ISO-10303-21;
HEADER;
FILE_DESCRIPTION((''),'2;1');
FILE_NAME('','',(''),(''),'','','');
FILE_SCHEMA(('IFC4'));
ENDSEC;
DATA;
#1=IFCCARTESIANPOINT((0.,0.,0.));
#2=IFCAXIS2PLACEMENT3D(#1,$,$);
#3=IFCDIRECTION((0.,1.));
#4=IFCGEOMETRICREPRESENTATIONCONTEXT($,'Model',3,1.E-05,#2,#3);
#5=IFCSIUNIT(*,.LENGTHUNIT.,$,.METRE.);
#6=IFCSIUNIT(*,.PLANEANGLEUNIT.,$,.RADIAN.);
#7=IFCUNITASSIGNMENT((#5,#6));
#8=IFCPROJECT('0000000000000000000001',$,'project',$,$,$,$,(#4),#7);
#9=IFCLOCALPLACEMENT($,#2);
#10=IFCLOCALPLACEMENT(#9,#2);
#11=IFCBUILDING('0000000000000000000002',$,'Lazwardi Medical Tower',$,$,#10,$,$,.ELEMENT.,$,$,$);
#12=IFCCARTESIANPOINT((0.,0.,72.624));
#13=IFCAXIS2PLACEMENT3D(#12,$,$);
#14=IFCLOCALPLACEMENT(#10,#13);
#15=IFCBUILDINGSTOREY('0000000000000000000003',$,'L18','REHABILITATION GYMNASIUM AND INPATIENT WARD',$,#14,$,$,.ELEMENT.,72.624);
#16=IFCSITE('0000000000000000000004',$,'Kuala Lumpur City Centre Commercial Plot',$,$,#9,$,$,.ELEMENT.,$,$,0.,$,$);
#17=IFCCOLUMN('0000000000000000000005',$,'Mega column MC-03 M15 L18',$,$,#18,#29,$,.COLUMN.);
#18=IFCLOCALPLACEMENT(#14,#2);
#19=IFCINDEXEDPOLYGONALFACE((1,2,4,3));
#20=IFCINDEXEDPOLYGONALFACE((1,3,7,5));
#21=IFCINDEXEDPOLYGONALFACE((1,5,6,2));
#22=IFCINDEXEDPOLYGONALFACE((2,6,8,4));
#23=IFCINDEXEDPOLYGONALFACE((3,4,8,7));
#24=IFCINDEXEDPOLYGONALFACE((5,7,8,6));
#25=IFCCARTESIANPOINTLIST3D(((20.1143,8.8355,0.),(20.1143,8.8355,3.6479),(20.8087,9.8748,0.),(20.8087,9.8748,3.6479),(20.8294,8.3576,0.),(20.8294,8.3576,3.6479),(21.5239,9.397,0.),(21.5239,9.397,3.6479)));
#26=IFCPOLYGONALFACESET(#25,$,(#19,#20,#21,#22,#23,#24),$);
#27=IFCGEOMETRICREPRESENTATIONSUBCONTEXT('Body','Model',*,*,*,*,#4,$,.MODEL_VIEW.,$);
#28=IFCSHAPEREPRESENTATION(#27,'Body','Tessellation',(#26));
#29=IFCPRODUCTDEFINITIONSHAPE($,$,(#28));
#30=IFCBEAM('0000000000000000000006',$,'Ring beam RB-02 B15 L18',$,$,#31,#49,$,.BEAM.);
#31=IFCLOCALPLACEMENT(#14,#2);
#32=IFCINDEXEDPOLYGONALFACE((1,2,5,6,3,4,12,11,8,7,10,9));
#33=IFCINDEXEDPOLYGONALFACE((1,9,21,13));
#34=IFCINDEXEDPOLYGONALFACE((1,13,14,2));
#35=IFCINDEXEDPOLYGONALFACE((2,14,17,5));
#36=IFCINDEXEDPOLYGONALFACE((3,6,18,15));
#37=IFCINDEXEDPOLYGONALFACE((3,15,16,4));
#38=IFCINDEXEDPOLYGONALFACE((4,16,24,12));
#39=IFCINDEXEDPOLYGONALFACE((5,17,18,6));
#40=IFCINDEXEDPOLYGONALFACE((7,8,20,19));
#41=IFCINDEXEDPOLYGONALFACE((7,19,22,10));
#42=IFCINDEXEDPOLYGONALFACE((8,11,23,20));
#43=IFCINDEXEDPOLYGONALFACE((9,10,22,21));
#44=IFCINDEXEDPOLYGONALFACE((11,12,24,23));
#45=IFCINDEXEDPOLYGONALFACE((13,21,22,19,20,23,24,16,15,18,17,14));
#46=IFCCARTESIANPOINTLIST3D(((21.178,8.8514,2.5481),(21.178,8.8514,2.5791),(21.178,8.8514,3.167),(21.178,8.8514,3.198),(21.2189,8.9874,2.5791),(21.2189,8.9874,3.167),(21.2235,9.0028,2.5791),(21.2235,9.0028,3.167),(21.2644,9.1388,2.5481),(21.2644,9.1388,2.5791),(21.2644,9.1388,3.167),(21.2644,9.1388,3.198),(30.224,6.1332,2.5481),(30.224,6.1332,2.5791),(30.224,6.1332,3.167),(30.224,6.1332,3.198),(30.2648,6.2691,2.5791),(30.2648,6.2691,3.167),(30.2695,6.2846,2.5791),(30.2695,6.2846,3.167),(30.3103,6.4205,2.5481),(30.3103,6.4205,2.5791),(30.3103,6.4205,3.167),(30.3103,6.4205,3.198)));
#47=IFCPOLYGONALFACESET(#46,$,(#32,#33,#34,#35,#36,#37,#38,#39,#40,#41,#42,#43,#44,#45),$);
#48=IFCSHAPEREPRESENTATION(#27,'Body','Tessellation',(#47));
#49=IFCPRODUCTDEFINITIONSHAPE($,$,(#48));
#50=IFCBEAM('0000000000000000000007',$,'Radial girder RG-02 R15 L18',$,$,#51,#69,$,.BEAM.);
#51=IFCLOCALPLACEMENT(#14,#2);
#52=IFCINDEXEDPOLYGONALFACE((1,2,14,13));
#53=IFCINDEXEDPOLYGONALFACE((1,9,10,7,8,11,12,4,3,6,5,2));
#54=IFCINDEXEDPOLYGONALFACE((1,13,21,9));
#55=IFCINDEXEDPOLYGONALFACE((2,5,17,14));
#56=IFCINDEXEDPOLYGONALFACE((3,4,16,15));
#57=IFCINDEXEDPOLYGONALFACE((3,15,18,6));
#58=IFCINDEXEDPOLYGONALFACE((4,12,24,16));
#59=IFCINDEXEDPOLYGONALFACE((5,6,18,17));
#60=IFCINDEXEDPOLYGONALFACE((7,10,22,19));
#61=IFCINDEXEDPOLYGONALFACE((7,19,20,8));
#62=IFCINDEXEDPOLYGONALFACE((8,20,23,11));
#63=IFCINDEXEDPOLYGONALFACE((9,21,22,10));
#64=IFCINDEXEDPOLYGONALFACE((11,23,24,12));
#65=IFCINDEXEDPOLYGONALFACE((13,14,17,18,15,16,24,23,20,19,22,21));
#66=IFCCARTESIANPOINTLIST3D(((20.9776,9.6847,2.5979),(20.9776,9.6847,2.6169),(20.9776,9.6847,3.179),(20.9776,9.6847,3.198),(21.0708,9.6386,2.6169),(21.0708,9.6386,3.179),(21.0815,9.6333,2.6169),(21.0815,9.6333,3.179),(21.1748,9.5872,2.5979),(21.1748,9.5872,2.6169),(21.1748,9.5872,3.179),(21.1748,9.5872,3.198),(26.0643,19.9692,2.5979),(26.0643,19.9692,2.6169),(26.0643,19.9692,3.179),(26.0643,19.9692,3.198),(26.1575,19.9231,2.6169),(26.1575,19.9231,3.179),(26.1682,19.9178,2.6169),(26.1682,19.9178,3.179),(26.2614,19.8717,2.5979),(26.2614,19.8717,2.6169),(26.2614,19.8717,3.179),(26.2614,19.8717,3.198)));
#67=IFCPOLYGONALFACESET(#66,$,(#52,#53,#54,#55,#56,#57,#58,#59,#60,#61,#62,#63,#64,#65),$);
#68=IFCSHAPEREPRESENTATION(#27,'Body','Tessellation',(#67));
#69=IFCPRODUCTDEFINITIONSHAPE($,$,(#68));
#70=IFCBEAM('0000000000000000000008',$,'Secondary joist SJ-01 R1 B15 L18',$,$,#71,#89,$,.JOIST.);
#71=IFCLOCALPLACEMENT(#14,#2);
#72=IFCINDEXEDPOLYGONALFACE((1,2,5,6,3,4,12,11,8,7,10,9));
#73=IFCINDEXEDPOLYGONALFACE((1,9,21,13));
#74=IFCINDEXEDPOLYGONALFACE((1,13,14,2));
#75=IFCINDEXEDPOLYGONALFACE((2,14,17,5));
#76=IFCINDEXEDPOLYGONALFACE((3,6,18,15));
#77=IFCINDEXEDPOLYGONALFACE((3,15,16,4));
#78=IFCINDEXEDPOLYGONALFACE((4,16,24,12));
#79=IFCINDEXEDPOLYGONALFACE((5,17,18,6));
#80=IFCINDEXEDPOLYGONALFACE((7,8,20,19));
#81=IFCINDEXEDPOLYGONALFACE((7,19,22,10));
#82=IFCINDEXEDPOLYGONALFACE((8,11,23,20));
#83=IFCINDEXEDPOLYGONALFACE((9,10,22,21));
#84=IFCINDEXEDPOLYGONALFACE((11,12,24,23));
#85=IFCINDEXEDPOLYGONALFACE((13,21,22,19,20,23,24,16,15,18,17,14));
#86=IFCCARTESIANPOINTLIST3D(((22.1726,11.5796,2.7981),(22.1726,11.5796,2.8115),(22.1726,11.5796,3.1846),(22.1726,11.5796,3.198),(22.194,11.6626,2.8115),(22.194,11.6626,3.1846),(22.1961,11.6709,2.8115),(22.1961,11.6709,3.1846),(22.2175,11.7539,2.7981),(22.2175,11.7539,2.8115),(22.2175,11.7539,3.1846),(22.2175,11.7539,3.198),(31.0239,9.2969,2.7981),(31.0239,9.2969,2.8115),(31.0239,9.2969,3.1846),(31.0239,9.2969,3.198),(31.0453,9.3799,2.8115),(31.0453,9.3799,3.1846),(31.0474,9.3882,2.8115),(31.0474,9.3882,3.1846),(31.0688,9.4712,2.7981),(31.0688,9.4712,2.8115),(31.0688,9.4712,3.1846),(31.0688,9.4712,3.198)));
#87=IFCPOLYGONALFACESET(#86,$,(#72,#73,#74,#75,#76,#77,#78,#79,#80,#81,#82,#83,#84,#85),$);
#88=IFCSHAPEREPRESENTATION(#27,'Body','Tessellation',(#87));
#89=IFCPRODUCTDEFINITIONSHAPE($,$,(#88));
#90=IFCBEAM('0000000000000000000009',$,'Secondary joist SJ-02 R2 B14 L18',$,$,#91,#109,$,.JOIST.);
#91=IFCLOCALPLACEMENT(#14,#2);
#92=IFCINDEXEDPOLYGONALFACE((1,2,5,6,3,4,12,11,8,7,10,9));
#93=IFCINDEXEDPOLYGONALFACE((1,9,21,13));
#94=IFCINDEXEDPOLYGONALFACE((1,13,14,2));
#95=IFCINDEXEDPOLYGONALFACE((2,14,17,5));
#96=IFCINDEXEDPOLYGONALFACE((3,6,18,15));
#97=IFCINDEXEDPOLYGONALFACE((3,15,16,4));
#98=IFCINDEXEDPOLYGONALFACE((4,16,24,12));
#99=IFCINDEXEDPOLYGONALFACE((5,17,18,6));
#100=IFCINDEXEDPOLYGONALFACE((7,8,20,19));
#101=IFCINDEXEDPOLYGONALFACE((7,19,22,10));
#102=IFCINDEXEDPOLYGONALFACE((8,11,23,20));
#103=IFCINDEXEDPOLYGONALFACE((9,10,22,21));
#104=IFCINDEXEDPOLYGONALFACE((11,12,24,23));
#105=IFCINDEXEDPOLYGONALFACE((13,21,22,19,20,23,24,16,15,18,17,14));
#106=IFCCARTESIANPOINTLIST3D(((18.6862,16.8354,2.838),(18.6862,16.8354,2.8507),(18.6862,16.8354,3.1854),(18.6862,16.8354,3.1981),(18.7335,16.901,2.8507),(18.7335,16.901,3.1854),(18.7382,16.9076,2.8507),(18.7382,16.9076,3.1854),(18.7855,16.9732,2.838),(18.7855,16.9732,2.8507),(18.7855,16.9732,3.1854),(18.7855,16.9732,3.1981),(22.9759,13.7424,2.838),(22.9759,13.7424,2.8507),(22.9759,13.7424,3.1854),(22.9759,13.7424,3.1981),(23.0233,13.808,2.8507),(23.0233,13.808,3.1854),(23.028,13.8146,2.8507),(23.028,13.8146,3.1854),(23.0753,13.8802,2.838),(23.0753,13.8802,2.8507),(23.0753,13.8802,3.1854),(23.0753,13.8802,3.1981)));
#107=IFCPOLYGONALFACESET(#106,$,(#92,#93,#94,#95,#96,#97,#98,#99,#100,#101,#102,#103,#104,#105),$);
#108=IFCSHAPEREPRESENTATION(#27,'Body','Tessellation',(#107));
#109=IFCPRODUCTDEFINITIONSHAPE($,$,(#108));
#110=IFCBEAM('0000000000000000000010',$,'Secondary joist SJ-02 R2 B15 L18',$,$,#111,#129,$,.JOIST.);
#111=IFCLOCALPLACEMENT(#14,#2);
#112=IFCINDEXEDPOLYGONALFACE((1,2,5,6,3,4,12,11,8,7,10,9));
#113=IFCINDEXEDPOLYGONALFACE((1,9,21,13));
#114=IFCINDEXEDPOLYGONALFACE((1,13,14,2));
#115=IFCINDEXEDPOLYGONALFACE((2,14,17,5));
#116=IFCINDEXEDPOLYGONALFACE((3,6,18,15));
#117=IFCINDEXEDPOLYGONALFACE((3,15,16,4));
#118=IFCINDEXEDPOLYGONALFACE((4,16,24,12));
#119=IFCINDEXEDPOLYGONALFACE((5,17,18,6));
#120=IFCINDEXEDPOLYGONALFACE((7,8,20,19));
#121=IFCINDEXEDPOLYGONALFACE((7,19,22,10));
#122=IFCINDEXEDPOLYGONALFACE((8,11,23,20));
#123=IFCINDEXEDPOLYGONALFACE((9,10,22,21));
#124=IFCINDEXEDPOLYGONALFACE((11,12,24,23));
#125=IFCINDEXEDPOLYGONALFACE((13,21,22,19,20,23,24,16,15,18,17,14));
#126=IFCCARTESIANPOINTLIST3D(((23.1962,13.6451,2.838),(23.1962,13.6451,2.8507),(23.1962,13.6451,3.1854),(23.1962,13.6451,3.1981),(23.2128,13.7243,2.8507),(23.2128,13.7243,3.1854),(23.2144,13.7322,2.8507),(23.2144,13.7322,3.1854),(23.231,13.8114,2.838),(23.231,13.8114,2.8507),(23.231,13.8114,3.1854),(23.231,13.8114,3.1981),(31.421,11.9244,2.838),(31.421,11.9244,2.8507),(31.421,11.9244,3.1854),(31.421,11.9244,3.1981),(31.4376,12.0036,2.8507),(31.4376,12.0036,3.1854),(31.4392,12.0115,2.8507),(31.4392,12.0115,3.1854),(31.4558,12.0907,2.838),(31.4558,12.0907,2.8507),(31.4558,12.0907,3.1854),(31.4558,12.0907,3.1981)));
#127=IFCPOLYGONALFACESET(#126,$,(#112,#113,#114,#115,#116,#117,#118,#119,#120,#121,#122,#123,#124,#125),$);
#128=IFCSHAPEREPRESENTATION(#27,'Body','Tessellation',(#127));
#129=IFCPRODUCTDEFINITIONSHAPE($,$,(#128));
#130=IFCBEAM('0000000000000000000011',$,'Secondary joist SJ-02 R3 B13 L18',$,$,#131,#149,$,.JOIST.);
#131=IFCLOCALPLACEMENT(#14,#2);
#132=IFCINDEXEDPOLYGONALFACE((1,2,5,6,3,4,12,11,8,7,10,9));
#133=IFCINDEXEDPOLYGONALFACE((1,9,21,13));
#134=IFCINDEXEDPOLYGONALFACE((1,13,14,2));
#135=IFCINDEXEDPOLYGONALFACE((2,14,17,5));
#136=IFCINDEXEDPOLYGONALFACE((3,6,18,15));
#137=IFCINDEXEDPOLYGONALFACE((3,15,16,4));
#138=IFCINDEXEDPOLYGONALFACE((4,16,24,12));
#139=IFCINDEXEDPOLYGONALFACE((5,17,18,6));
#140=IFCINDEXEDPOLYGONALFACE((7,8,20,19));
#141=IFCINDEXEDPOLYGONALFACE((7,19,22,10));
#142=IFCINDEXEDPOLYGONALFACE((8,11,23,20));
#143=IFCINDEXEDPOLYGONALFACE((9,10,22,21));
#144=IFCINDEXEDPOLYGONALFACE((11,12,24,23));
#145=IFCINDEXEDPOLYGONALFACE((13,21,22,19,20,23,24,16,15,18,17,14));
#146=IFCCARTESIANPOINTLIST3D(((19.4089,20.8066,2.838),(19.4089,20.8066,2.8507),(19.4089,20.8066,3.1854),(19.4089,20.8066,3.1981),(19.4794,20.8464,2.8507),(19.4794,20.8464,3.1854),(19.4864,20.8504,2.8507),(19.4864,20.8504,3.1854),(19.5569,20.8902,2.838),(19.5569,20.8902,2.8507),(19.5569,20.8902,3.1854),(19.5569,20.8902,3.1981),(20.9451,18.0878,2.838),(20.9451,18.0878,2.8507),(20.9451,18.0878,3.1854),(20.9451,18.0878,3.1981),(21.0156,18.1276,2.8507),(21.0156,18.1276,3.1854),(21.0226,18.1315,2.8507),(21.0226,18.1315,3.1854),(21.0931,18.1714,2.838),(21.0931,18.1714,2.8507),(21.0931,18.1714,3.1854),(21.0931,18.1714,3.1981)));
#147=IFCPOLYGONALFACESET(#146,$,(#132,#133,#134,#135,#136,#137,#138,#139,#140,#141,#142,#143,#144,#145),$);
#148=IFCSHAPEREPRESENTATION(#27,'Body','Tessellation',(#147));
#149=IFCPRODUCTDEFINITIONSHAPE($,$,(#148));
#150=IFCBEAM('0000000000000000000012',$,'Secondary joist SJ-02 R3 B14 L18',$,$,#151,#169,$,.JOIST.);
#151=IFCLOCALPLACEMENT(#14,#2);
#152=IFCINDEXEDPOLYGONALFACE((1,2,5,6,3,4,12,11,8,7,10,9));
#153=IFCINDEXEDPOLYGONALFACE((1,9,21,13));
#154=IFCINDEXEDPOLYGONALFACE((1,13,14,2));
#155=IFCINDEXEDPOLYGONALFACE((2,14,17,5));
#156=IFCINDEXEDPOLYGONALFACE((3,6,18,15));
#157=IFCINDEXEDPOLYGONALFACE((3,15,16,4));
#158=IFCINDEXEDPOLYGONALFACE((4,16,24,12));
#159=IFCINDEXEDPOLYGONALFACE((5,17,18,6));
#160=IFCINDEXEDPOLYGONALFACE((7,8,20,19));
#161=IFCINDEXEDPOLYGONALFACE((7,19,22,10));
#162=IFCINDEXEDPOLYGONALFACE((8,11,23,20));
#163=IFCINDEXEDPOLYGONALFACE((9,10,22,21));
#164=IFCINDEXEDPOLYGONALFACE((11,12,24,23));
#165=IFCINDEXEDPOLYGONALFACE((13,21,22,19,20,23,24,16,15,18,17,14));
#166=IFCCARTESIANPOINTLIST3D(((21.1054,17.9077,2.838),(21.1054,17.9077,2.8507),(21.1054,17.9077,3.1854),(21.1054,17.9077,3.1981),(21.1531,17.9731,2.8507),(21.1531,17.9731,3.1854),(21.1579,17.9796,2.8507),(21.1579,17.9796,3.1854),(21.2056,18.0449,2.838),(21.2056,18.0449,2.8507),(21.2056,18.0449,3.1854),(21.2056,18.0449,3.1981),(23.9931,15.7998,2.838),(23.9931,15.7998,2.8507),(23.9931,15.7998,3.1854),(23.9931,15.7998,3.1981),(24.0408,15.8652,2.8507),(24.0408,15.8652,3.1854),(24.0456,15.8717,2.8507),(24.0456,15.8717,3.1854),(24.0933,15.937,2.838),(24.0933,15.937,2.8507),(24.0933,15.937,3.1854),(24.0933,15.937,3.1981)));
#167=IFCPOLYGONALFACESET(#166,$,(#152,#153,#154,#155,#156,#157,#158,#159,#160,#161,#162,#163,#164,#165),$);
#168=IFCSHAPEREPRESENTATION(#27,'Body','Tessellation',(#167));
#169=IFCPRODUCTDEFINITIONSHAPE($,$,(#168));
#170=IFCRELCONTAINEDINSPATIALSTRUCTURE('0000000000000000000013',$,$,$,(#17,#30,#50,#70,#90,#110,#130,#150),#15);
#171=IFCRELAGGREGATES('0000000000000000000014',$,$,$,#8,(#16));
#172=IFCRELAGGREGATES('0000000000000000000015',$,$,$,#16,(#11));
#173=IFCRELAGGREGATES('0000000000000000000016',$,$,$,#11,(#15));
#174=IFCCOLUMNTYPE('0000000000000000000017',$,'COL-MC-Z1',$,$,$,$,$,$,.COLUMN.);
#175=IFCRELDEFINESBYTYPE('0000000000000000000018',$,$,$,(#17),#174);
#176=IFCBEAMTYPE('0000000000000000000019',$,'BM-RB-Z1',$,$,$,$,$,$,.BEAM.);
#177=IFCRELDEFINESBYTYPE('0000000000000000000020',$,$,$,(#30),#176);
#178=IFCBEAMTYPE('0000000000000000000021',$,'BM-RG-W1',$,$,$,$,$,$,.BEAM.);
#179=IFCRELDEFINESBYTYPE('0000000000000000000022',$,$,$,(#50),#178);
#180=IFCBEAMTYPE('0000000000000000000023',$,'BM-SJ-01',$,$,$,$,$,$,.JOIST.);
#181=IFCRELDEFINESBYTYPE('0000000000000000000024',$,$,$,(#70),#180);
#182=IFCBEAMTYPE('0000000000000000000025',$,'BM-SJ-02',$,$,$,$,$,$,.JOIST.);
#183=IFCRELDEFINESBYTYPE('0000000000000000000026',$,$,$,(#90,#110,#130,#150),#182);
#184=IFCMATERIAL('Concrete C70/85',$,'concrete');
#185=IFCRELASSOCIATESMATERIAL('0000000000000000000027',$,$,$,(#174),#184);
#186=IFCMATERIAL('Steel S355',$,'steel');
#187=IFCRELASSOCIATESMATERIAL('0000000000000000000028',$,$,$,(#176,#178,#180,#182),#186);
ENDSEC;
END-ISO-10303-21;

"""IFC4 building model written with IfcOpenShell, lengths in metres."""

from ifc_helpers import new_model, si_unit, direction, frame, origin, origin_2d, place, context, subcontext, project, spatial, rectangle, i_section, extrude, material, material_profile, profile_set, type_object, element, save


model = new_model("IFC4")

# Units and contexts
model_context = context("Model", 3, precision=1e-05, world=origin(), true_north=direction((0.0, 1.0)))
body_context = subcontext(model_context, "Body", "Model", "MODEL_VIEW")
ifc_project = project(units=[si_unit("LENGTHUNIT", "METRE"), si_unit("PLANEANGLEUNIT", "RADIAN")], contexts=[model_context])

# Site, building, storey
site_placement = place(None, origin())
site = spatial("IfcSite", under=ifc_project, at=site_placement, Name="Kuala Lumpur City Centre Commercial Plot", CompositionType="ELEMENT", RefElevation=0.0)
building_placement = place(site_placement, origin())
building = spatial("IfcBuilding", under=site, at=building_placement, Name="Lazwardi Medical Tower", CompositionType="ELEMENT")
storey_placement = place(building_placement, frame((0.0, 0.0, 72.624)))
storey = spatial("IfcBuildingStorey", under=building, at=storey_placement, Name="L18", Description="REHABILITATION GYMNASIUM AND INPATIENT WARD", CompositionType="ELEMENT", Elevation=72.624)

# Column
ifc_material_1 = material(Name="Concrete C70/85", Category="concrete")
ifc_material_profile_1 = material_profile(ifc_material_1, rectangle(XDim=1.25, YDim=0.8601, at=origin_2d()), Name="CFT-RECT 1250x860")
ifc_profile_set_1 = profile_set([ifc_material_profile_1], Name="Concrete C70/85")
column_type = type_object("IfcColumnType", Name="COL-MC-Z1", PredefinedType="COLUMN", material=ifc_profile_set_1)
column_placement = place(storey_placement, frame((20.8191, 9.1162, 0.0), z_axis=(0.0, 0.0, 1.0), x_axis=(-0.55557, -0.83147, 0.0)))
element("IfcColumn", 1, at=column_placement, inside=storey, type_object=column_type, Name="Mega column MC-03 M15 L18", PredefinedType="COLUMN", context=body_context, shape_type="SweptSolid", body=[
    extrude(rectangle(XDim=1.25, YDim=0.8601, at=origin_2d()), origin(), (0.0, 0.0, 1.0), 3.6479),
])

# Beams
ifc_material_2 = material(Name="Steel S355", Category="steel")
ifc_material_profile_2 = material_profile(ifc_material_2, i_section(OverallWidth=0.3, OverallDepth=0.6499, WebThickness=0.0161, FlangeThickness=0.031, at=origin_2d()), Name="HEB 650")
ifc_profile_set_2 = profile_set([ifc_material_profile_2], Name="Steel S355")
beam_type_1 = type_object("IfcBeamType", Name="BM-RB-Z1", PredefinedType="BEAM", material=ifc_profile_set_2)
beam_1_placement = place(storey_placement, frame((21.2212, 8.9951, 2.873), z_axis=(0.957695, -0.287784, 0.0), x_axis=(0.287784, 0.957695, 0.0)))
element("IfcBeam", 2, at=beam_1_placement, inside=storey, type_object=beam_type_1, Name="Ring beam RB-02 B15 L18", PredefinedType="BEAM", context=body_context, shape_type="SweptSolid", body=[
    extrude(i_section(OverallWidth=0.3, OverallDepth=0.6499, WebThickness=0.0161, FlangeThickness=0.031, at=origin_2d()), origin(), (0.0, 0.0, 1.0), 9.4456),
])
ifc_material_profile_3 = material_profile(ifc_material_2, i_section(OverallWidth=0.22, OverallDepth=0.6001, WebThickness=0.012, FlangeThickness=0.019, at=origin_2d()), Name="IPE 600")
ifc_profile_set_3 = profile_set([ifc_material_profile_3], Name="Steel S355")
beam_type_2 = type_object("IfcBeamType", Name="BM-RG-W1", PredefinedType="BEAM", material=ifc_profile_set_3)
beam_2_placement = place(storey_placement, frame((21.0762, 9.636, 2.8979), z_axis=(0.443337, 0.896355, 0.0), x_axis=(-0.896355, 0.443337, 0.0)))
element("IfcBeam", 3, at=beam_2_placement, inside=storey, type_object=beam_type_2, Name="Radial girder RG-02 R15 L18", PredefinedType="BEAM", context=body_context, shape_type="SweptSolid", body=[
    extrude(i_section(OverallWidth=0.22, OverallDepth=0.6001, WebThickness=0.012, FlangeThickness=0.019, at=origin_2d()), origin(), (0.0, 0.0, 1.0), 11.4736),
])
ifc_material_profile_4 = material_profile(ifc_material_2, i_section(OverallWidth=0.1799, OverallDepth=0.3999, WebThickness=0.0085, FlangeThickness=0.0134, at=origin_2d()), Name="IPE 400")
ifc_profile_set_4 = profile_set([ifc_material_profile_4], Name="Steel S355")
beam_type_3 = type_object("IfcBeamType", Name="BM-SJ-01", PredefinedType="JOIST", material=ifc_profile_set_4)
beam_3_placement = place(storey_placement, frame((22.1951, 11.6667, 2.998), z_axis=(0.968317, -0.249725, 0.0), x_axis=(0.249725, 0.968317, 0.0)))
element("IfcBeam", 4, at=beam_3_placement, inside=storey, type_object=beam_type_3, Name="Secondary joist SJ-01 R1 B15 L18", PredefinedType="JOIST", context=body_context, shape_type="SweptSolid", body=[
    extrude(i_section(OverallWidth=0.1799, OverallDepth=0.3999, WebThickness=0.0085, FlangeThickness=0.0134, at=origin_2d()), origin(), (0.0, 0.0, 1.0), 9.1409),
])
ifc_material_profile_5 = material_profile(ifc_material_2, i_section(OverallWidth=0.1699, OverallDepth=0.3601, WebThickness=0.0081, FlangeThickness=0.0127, at=origin_2d()), Name="IPE 360")
ifc_profile_set_5 = profile_set([ifc_material_profile_5], Name="Steel S355")
beam_type_4 = type_object("IfcBeamType", Name="BM-SJ-02", PredefinedType="JOIST", material=ifc_profile_set_5)
beam_4_placement = place(storey_placement, frame((18.7358, 16.9043, 3.0181), z_axis=(0.811143, -0.584848, 0.0), x_axis=(0.584848, 0.811143, 0.0)))
element("IfcBeam", 5, at=beam_4_placement, inside=storey, type_object=beam_type_4, Name="Secondary joist SJ-02 R2 B14 L18", PredefinedType="JOIST", context=body_context, shape_type="SweptSolid", body=[
    extrude(i_section(OverallWidth=0.1699, OverallDepth=0.3601, WebThickness=0.0081, FlangeThickness=0.0127, at=origin_2d()), origin(), (0.0, 0.0, 1.0), 5.2886),
])
beam_5_placement = place(storey_placement, frame((23.2136, 13.7283, 3.0181), z_axis=(0.978809, -0.204774, 0.0), x_axis=(0.204774, 0.978809, 0.0)))
element("IfcBeam", 6, at=beam_5_placement, inside=storey, type_object=beam_type_4, Name="Secondary joist SJ-02 R2 B15 L18", PredefinedType="JOIST", context=body_context, shape_type="SweptSolid", body=[
    extrude(i_section(OverallWidth=0.1699, OverallDepth=0.3601, WebThickness=0.0081, FlangeThickness=0.0127, at=origin_2d()), origin(), (0.0, 0.0, 1.0), 8.4028),
])
beam_6_placement = place(storey_placement, frame((19.4829, 20.8484, 3.0181), z_axis=(0.491923, -0.870639, 0.0), x_axis=(0.870639, 0.491923, 0.0)))
element("IfcBeam", 7, at=beam_6_placement, inside=storey, type_object=beam_type_4, Name="Secondary joist SJ-02 R3 B13 L18", PredefinedType="JOIST", context=body_context, shape_type="SweptSolid", body=[
    extrude(i_section(OverallWidth=0.1699, OverallDepth=0.3601, WebThickness=0.0081, FlangeThickness=0.0127, at=origin_2d()), origin(), (0.0, 0.0, 1.0), 3.1228),
])
beam_7_placement = place(storey_placement, frame((21.1555, 17.9763, 3.0181), z_axis=(0.807701, -0.589592, 0.0), x_axis=(0.589592, 0.807701, 0.0)))
element("IfcBeam", 8, at=beam_7_placement, inside=storey, type_object=beam_type_4, Name="Secondary joist SJ-02 R3 B14 L18", PredefinedType="JOIST", context=body_context, shape_type="SweptSolid", body=[
    extrude(i_section(OverallWidth=0.1699, OverallDepth=0.3601, WebThickness=0.0081, FlangeThickness=0.0127, at=origin_2d()), origin(), (0.0, 0.0, 1.0), 3.5752),
])

save(model, "model.ifc")
